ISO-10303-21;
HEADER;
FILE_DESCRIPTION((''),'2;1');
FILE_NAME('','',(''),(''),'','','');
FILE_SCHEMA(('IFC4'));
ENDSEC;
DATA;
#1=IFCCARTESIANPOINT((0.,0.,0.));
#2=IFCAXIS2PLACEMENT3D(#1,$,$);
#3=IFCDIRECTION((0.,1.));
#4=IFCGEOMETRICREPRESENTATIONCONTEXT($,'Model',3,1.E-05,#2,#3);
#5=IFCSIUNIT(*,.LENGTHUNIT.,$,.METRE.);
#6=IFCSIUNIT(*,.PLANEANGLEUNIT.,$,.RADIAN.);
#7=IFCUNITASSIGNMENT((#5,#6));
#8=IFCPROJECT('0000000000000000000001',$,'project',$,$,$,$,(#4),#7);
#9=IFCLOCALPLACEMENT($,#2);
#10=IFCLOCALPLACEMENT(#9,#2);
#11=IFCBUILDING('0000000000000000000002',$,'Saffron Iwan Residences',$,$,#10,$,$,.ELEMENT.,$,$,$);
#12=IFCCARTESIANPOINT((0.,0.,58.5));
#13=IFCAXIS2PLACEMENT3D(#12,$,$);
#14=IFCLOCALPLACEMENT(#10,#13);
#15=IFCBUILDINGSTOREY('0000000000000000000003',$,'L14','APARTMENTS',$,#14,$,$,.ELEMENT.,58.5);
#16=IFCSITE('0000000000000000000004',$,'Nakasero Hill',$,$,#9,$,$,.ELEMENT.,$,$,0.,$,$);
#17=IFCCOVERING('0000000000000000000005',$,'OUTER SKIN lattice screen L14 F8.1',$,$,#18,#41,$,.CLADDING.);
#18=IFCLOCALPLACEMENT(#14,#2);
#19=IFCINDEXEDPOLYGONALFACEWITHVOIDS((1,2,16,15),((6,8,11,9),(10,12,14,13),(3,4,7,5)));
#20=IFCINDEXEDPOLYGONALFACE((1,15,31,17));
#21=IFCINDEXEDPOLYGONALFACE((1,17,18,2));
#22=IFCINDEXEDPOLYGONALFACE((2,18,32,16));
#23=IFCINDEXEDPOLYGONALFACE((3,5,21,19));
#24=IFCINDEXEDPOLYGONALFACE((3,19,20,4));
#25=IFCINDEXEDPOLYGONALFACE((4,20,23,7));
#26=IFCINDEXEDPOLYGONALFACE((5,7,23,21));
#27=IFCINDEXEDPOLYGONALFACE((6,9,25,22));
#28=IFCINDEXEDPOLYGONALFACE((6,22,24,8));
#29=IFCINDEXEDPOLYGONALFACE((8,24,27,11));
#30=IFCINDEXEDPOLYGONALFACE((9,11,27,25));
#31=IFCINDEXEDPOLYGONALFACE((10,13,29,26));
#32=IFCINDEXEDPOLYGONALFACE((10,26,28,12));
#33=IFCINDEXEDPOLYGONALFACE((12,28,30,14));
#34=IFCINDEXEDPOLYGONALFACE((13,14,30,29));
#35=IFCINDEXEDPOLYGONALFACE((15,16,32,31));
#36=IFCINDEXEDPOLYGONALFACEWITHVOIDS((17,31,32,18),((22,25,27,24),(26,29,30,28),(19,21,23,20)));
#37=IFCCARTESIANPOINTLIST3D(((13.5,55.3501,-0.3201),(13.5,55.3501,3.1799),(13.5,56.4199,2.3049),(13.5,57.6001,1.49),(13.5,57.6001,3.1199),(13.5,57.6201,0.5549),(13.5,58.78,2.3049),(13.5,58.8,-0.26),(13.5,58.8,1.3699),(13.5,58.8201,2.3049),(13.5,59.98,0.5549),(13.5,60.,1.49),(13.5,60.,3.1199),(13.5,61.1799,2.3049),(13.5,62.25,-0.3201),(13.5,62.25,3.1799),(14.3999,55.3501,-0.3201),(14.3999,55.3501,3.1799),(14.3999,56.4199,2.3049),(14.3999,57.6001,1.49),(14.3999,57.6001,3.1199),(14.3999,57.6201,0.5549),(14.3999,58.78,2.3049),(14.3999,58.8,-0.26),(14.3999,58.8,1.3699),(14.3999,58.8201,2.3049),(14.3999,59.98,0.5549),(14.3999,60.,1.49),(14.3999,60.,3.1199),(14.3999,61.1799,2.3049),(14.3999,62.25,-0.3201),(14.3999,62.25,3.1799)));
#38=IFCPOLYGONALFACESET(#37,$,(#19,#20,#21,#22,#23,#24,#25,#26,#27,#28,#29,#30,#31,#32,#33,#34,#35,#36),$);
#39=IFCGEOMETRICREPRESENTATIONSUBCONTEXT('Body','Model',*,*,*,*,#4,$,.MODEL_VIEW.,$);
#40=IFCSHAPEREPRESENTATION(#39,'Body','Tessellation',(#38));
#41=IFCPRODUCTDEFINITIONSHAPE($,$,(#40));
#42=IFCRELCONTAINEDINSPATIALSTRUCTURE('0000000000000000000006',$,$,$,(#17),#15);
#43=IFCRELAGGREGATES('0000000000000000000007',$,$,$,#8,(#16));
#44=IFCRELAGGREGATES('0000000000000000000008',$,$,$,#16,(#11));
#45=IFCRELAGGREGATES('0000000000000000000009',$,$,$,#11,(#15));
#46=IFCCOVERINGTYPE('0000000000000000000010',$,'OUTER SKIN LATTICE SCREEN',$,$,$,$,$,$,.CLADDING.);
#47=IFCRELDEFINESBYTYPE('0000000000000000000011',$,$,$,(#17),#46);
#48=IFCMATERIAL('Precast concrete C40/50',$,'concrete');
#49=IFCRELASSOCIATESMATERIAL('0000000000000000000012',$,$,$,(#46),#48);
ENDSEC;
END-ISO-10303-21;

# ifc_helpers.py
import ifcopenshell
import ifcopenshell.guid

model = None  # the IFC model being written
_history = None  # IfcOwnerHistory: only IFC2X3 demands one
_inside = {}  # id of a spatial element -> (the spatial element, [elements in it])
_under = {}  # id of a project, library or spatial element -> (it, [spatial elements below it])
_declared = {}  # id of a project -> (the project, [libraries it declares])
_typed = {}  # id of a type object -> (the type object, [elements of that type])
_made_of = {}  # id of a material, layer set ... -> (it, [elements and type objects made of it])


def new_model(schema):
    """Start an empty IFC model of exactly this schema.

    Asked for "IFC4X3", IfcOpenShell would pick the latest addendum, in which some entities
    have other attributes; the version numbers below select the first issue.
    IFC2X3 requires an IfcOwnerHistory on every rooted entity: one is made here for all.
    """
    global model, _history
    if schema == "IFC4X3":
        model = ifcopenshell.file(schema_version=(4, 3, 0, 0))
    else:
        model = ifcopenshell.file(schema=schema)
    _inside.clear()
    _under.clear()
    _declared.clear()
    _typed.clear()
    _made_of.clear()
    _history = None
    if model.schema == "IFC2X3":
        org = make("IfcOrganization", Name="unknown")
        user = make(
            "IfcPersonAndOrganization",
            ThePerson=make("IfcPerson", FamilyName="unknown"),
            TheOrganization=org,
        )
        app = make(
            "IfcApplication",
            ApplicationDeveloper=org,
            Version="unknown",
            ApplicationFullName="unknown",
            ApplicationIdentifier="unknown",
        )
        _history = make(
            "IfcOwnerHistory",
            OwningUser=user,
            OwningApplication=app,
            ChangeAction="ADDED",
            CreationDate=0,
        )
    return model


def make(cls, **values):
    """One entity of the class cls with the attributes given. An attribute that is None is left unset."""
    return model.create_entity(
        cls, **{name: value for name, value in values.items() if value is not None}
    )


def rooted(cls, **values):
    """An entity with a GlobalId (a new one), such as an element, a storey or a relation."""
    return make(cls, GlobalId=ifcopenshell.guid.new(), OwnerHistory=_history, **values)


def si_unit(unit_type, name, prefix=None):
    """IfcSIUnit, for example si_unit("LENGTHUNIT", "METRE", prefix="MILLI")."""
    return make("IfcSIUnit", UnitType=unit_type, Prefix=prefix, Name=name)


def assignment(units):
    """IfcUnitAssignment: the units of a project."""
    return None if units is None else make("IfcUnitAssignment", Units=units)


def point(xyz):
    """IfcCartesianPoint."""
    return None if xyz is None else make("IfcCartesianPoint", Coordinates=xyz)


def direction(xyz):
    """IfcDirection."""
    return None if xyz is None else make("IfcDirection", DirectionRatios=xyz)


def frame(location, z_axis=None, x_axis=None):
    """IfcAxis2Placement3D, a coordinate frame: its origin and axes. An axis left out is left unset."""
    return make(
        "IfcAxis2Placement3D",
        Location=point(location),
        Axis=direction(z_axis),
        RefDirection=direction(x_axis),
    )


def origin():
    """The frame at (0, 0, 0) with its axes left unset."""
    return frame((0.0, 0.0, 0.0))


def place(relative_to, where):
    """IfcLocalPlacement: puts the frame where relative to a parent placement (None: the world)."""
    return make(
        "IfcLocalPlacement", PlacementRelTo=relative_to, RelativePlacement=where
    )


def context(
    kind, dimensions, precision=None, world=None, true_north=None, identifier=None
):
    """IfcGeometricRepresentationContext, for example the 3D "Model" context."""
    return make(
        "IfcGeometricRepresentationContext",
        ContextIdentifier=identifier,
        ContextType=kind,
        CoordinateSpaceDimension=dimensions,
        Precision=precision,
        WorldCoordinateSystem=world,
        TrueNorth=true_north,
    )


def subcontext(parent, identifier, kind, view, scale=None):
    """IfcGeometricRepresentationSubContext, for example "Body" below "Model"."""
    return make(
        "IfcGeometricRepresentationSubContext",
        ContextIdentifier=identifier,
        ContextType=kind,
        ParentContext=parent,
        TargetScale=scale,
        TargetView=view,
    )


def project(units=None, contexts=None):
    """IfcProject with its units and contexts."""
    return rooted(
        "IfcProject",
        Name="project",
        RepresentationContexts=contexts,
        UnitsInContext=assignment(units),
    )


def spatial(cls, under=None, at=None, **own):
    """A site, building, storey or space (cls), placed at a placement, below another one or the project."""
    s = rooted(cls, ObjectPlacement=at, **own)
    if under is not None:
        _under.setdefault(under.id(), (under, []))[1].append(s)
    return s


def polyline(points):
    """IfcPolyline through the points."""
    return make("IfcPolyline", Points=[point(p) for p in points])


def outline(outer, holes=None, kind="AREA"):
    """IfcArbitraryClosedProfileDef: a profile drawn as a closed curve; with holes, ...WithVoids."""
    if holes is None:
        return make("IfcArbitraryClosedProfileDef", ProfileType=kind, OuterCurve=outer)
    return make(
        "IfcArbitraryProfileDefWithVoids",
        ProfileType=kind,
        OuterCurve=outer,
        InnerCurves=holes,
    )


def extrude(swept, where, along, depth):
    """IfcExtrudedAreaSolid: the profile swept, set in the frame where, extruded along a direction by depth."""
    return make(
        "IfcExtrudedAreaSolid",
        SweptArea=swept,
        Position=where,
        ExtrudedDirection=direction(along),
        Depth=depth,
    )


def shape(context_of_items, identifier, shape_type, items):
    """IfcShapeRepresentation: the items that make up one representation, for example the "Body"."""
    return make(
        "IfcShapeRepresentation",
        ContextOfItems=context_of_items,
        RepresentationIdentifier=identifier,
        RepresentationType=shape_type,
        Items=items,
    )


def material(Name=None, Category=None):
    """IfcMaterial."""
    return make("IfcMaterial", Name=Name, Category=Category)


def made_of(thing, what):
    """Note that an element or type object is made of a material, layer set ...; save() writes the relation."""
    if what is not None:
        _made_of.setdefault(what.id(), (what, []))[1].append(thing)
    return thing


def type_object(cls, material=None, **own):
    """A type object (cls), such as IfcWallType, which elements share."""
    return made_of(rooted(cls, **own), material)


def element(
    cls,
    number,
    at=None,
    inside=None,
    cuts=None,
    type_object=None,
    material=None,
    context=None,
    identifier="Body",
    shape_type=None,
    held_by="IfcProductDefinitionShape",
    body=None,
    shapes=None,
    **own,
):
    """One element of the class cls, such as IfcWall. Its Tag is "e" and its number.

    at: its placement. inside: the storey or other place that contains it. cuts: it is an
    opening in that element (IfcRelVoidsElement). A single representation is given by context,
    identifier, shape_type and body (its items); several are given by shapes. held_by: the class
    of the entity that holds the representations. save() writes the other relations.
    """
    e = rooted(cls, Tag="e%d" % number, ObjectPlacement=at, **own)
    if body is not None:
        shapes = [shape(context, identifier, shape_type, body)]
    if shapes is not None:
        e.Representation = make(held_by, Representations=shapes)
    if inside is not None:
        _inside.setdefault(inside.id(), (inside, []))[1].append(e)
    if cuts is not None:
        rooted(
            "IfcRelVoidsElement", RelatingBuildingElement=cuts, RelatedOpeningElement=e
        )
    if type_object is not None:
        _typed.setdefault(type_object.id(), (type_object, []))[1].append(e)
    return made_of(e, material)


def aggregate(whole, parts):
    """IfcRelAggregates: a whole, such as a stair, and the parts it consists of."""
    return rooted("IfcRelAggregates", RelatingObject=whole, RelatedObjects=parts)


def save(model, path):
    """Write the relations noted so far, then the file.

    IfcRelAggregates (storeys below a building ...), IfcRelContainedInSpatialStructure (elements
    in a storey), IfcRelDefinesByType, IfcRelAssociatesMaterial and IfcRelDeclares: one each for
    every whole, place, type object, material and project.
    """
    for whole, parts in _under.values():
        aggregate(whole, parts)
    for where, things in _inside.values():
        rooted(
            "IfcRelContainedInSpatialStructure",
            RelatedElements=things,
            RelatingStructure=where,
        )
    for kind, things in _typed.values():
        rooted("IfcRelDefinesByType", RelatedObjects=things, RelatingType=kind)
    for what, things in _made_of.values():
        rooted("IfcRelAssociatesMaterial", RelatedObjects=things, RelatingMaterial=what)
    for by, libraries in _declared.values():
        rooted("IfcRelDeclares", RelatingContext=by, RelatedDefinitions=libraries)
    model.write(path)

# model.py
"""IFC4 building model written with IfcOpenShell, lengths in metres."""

from ifc_helpers import new_model, si_unit, direction, frame, origin, place, context, subcontext, project, spatial, polyline, outline, extrude, material, type_object, element, save


model = new_model("IFC4")

# Units and contexts
model_context = context("Model", 3, precision=1e-05, world=origin(), true_north=direction((0.0, 1.0)))
body_context = subcontext(model_context, "Body", "Model", "MODEL_VIEW")
ifc_project = project(units=[si_unit("LENGTHUNIT", "METRE"), si_unit("PLANEANGLEUNIT", "RADIAN")], contexts=[model_context])

# Site, building, storey
site_placement = place(None, origin())
site = spatial("IfcSite", under=ifc_project, at=site_placement, Name="Nakasero Hill", CompositionType="ELEMENT", RefElevation=0.0)
building_placement = place(site_placement, origin())
building = spatial("IfcBuilding", under=site, at=building_placement, Name="Saffron Iwan Residences", CompositionType="ELEMENT")
storey_placement = place(building_placement, frame((0.0, 0.0, 58.5)))
storey = spatial("IfcBuildingStorey", under=building, at=storey_placement, Name="L14", Description="APARTMENTS", CompositionType="ELEMENT", Elevation=58.5)

# Covering
ifc_material_1 = material(Name="Precast concrete C40/50", Category="concrete")
covering_type = type_object("IfcCoveringType", Name="OUTER SKIN LATTICE SCREEN", PredefinedType="CLADDING", material=ifc_material_1)
covering_placement = place(storey_placement, frame((14.3999, 62.25, -0.3201), z_axis=(-1.0, 0.0, 0.0), x_axis=(0.0, -1.0, 0.0)))
element("IfcCovering", 1, at=covering_placement, inside=storey, type_object=covering_type, Name="OUTER SKIN lattice screen L14 F8.1", PredefinedType="CLADDING", context=body_context, shape_type="SweptSolid", body=[
    extrude(outline(polyline([(0.0, 0.0), (6.8999, 0.0), (6.8999, 3.5), (0.0, 3.5), (0.0, 0.0)]), holes=[polyline([(2.27, 0.875), (3.45, 0.0601), (4.6299, 0.875), (3.45, 1.6899), (2.27, 0.875)]), polyline([(1.0701, 2.625), (2.25, 1.8101), (3.4299, 2.625), (2.25, 3.4399), (1.0701, 2.625)]), polyline([(3.47, 2.625), (4.6499, 1.8101), (5.8301, 2.625), (4.6499, 3.4399), (3.47, 2.625)])]), origin(), (0.0, 0.0, 1.0), 0.8999),
])

save(model, "model.ifc")
